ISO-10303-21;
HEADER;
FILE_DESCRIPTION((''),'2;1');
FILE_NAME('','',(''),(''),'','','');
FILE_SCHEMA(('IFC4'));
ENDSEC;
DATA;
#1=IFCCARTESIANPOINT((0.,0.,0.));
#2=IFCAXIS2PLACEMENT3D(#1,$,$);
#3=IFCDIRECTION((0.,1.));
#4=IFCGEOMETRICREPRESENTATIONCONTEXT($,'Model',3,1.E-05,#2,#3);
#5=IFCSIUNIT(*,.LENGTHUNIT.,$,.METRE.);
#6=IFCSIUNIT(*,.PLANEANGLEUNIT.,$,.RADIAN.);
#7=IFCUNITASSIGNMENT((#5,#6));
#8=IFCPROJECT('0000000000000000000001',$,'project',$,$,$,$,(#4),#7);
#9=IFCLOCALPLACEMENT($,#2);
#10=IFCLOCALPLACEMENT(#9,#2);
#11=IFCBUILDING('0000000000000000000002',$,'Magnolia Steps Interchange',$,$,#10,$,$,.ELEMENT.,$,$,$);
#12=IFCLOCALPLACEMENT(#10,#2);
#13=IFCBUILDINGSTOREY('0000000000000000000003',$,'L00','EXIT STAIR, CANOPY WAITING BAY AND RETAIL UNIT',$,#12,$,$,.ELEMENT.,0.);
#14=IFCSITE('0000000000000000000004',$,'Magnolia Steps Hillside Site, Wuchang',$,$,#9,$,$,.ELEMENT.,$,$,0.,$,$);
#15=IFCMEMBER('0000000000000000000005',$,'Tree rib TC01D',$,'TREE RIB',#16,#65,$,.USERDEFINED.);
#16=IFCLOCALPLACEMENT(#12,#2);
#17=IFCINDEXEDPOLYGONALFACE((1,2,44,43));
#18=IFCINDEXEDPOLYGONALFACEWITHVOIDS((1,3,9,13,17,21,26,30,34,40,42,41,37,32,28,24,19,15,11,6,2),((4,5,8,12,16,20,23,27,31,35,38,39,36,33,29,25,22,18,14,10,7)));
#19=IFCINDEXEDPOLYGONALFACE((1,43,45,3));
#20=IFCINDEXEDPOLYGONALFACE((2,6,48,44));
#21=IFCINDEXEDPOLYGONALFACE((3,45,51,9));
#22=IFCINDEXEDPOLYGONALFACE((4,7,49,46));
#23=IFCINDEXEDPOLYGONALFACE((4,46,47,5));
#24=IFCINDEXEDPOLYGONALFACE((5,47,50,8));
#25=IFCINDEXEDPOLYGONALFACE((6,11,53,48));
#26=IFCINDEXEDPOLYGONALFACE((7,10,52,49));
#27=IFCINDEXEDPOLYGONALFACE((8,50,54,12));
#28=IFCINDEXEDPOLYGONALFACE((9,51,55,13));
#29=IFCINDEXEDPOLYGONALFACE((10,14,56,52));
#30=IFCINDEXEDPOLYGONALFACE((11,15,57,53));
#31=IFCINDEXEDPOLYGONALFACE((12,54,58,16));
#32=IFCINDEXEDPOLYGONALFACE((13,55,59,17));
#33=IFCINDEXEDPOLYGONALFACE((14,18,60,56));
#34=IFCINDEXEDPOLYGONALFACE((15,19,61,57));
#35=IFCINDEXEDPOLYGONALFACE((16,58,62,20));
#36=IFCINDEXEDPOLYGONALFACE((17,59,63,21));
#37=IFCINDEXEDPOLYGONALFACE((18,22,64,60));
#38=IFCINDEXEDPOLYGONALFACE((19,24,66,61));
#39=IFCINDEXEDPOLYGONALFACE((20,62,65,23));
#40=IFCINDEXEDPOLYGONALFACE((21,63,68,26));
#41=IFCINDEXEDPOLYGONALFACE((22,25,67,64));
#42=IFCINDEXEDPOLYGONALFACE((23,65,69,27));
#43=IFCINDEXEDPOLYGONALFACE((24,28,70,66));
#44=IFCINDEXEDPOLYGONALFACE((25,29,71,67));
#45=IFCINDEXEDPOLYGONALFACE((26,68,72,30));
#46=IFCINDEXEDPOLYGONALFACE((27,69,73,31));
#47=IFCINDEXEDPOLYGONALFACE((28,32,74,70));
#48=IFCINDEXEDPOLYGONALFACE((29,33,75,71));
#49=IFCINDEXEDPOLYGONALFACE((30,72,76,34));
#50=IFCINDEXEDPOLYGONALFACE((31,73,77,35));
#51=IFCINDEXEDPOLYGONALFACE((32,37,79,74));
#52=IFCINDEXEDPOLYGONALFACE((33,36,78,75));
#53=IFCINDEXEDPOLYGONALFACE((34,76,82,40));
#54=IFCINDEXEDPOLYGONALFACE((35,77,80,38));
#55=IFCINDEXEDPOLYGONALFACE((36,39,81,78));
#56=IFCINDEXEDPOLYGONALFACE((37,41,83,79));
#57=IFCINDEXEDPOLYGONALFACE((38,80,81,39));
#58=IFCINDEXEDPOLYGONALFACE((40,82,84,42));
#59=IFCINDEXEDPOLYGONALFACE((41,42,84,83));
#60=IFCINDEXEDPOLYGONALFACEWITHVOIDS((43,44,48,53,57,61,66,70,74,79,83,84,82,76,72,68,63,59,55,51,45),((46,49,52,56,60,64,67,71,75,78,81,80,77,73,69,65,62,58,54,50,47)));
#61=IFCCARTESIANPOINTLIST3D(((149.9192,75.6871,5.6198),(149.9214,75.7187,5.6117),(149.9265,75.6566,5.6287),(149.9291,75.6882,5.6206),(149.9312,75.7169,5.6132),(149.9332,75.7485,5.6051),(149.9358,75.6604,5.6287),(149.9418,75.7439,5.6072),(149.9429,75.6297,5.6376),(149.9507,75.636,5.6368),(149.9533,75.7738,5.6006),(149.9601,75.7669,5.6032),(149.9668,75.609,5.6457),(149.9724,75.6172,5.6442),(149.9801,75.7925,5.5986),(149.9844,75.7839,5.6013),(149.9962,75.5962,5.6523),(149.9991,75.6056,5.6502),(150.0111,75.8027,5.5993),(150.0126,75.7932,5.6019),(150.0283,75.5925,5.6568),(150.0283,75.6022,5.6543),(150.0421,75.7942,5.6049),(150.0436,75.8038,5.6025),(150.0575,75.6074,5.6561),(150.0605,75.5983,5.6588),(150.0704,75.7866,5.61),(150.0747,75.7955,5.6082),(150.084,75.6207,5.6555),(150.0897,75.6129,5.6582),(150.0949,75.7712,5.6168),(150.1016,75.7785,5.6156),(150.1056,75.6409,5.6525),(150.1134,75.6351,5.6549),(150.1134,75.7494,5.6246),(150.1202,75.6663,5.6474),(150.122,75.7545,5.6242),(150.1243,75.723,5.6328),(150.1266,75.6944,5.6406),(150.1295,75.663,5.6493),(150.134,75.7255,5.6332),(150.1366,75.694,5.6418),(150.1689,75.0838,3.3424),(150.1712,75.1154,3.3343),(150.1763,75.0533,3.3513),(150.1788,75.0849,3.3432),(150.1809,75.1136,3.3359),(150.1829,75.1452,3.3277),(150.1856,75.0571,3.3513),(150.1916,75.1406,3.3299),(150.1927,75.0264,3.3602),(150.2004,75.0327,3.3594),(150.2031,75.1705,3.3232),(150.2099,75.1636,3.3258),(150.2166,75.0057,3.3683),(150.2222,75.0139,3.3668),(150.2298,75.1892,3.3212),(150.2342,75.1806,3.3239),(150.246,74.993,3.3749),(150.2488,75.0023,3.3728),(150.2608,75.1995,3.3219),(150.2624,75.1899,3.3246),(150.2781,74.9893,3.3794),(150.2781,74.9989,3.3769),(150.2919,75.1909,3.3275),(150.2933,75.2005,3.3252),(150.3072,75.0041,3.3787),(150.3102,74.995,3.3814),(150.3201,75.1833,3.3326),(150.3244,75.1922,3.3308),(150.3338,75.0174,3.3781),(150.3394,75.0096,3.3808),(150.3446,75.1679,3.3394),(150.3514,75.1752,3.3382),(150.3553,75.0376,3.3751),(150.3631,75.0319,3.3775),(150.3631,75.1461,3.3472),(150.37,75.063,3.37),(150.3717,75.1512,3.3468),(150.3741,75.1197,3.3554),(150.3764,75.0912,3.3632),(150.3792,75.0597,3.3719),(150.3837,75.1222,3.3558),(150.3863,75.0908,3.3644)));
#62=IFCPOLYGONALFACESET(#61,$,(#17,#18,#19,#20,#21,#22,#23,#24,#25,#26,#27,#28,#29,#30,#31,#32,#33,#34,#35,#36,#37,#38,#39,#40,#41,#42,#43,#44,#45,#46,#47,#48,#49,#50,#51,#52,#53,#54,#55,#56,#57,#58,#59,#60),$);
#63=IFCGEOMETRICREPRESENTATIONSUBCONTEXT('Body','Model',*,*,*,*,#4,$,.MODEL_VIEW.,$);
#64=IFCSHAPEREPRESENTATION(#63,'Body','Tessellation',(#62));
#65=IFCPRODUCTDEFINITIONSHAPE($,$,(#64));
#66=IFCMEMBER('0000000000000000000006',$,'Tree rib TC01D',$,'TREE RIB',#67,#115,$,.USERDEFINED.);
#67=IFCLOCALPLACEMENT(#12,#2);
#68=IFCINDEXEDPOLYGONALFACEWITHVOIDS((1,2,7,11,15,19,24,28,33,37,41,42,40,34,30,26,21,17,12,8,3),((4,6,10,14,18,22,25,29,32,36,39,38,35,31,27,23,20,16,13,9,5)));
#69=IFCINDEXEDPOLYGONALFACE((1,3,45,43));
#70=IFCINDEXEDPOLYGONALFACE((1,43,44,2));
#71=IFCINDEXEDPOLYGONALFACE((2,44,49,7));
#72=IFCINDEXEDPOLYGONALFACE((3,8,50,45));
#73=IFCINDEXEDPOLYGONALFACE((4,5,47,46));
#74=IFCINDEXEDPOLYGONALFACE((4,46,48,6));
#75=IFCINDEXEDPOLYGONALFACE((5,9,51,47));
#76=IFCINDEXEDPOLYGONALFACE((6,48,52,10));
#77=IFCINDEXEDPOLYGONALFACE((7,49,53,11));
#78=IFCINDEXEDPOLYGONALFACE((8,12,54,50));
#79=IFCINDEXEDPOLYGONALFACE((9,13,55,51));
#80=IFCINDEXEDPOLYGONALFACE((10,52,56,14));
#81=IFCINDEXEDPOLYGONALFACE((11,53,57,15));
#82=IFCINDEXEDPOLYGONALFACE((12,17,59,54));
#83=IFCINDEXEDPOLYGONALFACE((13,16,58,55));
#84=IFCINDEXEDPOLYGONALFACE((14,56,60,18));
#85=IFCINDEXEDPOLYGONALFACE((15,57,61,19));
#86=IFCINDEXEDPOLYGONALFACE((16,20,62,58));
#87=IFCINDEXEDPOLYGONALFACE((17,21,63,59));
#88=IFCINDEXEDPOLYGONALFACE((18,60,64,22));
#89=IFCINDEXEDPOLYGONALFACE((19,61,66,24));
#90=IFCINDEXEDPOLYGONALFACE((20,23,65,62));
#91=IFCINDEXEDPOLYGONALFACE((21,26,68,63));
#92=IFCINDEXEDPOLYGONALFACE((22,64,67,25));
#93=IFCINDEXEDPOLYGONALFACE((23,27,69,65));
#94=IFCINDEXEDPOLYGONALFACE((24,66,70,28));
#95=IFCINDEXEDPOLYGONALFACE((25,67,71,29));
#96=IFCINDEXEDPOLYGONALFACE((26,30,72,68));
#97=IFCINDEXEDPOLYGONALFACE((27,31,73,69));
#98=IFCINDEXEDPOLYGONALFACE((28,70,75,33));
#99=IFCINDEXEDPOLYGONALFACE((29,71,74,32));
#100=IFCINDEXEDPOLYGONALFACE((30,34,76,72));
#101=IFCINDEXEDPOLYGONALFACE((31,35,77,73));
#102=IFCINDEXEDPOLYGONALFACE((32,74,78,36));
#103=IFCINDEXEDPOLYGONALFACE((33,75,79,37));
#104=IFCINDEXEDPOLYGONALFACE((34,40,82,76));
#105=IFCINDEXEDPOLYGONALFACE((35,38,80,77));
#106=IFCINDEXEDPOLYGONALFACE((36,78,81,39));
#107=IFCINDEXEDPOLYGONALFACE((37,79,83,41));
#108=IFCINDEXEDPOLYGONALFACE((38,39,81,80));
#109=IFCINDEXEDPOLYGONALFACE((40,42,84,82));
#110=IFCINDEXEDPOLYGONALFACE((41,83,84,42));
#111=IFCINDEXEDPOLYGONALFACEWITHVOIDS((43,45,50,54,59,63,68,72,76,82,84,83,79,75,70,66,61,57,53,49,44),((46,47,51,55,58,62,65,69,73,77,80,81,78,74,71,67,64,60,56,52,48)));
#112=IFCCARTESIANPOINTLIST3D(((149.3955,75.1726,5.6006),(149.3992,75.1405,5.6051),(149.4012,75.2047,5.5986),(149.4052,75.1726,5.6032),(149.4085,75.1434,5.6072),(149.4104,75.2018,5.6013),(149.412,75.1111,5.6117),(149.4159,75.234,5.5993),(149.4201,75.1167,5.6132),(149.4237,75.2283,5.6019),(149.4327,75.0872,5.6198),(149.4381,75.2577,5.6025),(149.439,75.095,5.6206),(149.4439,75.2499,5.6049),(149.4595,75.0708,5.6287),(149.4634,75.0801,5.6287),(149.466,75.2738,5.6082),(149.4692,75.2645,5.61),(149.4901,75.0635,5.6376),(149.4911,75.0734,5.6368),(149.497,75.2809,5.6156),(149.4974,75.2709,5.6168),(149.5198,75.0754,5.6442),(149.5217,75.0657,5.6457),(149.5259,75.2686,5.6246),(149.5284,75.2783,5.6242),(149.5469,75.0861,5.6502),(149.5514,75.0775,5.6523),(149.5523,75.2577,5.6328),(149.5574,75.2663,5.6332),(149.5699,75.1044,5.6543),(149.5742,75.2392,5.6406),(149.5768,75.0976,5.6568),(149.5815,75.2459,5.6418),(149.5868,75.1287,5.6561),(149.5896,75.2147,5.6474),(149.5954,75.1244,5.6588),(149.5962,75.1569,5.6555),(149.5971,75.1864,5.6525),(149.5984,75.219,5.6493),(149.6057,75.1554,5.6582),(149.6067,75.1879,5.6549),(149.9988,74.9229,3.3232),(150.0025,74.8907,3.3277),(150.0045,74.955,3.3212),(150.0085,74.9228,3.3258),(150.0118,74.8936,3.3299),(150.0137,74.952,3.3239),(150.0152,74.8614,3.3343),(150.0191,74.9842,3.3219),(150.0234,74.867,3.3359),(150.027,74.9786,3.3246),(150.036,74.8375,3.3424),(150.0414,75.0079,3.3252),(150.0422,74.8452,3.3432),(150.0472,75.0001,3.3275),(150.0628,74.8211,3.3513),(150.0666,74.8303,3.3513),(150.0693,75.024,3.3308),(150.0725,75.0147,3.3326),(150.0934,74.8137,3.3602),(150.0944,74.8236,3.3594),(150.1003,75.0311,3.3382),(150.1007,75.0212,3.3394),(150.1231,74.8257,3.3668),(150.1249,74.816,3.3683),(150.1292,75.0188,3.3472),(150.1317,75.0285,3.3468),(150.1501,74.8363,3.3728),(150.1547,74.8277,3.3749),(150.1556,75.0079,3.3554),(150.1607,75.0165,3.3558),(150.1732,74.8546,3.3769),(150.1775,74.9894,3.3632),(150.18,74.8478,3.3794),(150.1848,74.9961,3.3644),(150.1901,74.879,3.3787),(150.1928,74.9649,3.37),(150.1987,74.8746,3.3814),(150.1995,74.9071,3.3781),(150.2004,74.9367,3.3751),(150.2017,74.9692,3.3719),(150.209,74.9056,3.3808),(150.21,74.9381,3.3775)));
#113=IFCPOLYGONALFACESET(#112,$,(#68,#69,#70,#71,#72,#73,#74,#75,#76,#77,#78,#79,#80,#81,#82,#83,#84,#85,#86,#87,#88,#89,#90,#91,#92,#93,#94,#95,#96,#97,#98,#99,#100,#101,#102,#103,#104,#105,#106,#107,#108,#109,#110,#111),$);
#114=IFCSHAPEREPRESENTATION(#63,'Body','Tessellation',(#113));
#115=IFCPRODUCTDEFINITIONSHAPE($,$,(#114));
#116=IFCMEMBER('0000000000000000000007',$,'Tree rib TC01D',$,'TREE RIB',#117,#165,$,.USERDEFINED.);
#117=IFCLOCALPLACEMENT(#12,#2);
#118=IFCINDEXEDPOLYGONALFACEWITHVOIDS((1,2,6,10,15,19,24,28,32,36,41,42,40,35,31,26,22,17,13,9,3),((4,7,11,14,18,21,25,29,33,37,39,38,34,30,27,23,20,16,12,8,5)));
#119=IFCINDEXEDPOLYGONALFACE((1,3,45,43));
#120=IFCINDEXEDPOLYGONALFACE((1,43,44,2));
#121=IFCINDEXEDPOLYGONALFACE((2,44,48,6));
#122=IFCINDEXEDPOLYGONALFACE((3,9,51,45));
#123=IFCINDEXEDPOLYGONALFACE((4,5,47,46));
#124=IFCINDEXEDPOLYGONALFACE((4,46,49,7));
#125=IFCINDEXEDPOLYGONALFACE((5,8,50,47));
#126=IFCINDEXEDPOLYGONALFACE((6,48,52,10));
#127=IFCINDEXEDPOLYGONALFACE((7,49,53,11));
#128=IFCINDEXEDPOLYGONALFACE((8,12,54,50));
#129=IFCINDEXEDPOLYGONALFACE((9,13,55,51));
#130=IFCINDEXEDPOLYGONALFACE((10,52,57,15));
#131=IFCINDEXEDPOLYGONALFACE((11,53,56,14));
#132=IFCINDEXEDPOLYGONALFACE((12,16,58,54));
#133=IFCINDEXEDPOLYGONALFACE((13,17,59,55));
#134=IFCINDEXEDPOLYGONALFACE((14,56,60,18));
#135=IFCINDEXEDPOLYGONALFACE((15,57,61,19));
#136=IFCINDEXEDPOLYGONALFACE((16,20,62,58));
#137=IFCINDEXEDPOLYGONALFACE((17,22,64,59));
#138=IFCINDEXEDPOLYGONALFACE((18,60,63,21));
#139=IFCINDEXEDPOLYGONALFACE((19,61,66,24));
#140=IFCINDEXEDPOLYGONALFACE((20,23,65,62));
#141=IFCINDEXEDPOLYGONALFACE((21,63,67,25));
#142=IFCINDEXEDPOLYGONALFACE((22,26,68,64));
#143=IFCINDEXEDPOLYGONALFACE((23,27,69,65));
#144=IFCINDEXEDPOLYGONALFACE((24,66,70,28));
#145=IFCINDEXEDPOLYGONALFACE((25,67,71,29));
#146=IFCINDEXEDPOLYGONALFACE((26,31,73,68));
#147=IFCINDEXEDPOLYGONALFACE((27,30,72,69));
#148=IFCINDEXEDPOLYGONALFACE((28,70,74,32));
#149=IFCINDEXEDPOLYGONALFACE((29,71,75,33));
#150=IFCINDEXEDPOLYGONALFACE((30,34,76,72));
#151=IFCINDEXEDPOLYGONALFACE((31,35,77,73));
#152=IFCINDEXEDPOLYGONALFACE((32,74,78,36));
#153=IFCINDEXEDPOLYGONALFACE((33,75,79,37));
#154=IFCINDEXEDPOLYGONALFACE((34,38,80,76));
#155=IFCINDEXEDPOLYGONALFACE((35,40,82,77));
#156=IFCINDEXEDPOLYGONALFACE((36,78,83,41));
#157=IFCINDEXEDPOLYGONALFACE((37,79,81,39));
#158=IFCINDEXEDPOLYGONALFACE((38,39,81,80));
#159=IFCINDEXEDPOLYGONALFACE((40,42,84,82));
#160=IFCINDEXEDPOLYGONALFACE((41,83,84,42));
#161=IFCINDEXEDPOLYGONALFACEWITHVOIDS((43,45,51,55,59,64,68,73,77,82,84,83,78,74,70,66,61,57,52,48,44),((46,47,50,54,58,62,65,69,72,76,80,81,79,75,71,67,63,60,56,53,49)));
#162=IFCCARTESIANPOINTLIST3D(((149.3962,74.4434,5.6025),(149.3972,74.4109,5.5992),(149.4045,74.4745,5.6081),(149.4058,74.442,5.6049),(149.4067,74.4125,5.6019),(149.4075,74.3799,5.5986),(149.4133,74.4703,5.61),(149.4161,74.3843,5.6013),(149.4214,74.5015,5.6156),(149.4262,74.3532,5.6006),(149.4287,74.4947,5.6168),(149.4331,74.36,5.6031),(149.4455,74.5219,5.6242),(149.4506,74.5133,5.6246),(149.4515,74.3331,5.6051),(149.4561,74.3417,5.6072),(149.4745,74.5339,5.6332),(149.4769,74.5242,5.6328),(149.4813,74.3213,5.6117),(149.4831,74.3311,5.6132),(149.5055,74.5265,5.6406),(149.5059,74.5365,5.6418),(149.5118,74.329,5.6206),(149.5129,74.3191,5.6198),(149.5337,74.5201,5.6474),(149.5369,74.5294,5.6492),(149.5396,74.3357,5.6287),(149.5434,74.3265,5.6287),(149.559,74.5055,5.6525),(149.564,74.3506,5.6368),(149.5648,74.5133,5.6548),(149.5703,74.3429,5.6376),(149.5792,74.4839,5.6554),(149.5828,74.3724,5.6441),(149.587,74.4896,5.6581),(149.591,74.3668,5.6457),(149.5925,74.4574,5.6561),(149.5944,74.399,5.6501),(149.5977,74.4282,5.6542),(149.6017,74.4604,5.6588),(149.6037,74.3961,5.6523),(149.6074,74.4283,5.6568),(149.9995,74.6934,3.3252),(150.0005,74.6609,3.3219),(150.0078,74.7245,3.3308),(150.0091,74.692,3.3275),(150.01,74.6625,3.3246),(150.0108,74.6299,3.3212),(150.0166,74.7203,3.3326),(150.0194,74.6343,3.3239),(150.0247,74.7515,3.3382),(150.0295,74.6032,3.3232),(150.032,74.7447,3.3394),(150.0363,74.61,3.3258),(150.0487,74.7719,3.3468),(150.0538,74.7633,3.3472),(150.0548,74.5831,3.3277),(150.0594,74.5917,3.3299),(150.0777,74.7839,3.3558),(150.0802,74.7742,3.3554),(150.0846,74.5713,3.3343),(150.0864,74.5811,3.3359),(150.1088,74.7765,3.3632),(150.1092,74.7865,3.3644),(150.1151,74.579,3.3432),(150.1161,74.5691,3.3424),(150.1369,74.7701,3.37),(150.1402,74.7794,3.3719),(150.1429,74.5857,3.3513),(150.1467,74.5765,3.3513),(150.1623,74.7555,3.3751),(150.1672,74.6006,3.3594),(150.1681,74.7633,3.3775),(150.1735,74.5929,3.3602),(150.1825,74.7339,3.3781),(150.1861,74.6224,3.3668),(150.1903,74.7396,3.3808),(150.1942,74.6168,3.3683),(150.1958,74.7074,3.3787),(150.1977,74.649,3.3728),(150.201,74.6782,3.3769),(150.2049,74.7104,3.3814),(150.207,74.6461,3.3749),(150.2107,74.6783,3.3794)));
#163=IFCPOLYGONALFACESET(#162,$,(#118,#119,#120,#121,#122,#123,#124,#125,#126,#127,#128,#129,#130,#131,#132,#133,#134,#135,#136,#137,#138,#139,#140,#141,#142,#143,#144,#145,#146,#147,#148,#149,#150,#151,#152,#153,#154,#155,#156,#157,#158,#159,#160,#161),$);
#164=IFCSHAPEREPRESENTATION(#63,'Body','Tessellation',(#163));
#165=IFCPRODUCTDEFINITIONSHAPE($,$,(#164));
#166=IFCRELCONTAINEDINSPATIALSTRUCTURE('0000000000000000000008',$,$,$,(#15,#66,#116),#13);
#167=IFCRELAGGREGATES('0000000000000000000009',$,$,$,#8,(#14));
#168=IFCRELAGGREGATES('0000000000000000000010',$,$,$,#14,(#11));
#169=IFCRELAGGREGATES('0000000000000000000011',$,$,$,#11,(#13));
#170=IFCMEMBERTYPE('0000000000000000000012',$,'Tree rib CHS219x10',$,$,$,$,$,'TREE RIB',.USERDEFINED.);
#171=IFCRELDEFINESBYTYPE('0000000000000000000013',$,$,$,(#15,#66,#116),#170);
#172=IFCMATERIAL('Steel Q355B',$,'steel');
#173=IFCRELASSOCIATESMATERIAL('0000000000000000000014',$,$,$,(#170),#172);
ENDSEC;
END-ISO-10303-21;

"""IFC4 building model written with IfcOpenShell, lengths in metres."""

from ifc_helpers import new_model, si_unit, direction, frame, origin, origin_2d, place, context, subcontext, project, spatial, hollow_circle, extrude, material, material_profile, profile_set, type_object, element, save


model = new_model("IFC4")

# Units and contexts
model_context = context("Model", 3, precision=1e-05, world=origin(), true_north=direction((0.0, 1.0)))
body_context = subcontext(model_context, "Body", "Model", "MODEL_VIEW")
ifc_project = project(units=[si_unit("LENGTHUNIT", "METRE"), si_unit("PLANEANGLEUNIT", "RADIAN")], contexts=[model_context])

# Site, building, storey
site_placement = place(None, origin())
site = spatial("IfcSite", under=ifc_project, at=site_placement, Name="Magnolia Steps Hillside Site, Wuchang", CompositionType="ELEMENT", RefElevation=0.0)
building_placement = place(site_placement, origin())
building = spatial("IfcBuilding", under=site, at=building_placement, Name="Magnolia Steps Interchange", CompositionType="ELEMENT")
storey_placement = place(building_placement, origin())
storey = spatial("IfcBuildingStorey", under=building, at=storey_placement, Name="L00", Description="EXIT STAIR, CANOPY WAITING BAY AND RETAIL UNIT", CompositionType="ELEMENT", Elevation=0.0)

# Members
ifc_material_1 = material(Name="Steel Q355B", Category="steel")
ifc_material_profile_1 = material_profile(ifc_material_1, hollow_circle(Radius=0.1096, WallThickness=0.01, at=origin_2d()), Name="CHS219x10")
ifc_profile_set_1 = profile_set([ifc_material_profile_1], Name="Steel Q355B")
member_type = type_object("IfcMemberType", Name="Tree rib CHS219x10", ElementType="TREE RIB", PredefinedType="USERDEFINED", material=ifc_profile_set_1)
for number, where, z_axis, x_axis, name in (
    (1, (150.2776, 75.0952, 3.3513), (-0.105422, 0.254642, 0.961272), (-0.923948, -0.382517, 0.0), "Tree rib TC01D"),
    (2, (150.1047, 74.9224, 3.3513), (-0.254642, 0.105422, 0.961272), (-0.382517, -0.923948, 0.0), "Tree rib TC01D"),
    (3, (150.1047, 74.6777, 3.3513), (-0.254639, -0.105524, 0.961261), (0.382836, -0.923816, 0.0), "Tree rib TC01D"),
):
    element("IfcMember", number, at=place(storey_placement, frame(where, z_axis=z_axis, x_axis=x_axis)), inside=storey, type_object=member_type, Name=name, ObjectType="TREE RIB", PredefinedType="USERDEFINED", context=body_context, shape_type="SweptSolid", body=[
        extrude(hollow_circle(Radius=0.1096, WallThickness=0.01, at=origin_2d()), origin(), (0.0, 0.0, 1.0), 2.3691),
    ])

save(model, "model.ifc")
